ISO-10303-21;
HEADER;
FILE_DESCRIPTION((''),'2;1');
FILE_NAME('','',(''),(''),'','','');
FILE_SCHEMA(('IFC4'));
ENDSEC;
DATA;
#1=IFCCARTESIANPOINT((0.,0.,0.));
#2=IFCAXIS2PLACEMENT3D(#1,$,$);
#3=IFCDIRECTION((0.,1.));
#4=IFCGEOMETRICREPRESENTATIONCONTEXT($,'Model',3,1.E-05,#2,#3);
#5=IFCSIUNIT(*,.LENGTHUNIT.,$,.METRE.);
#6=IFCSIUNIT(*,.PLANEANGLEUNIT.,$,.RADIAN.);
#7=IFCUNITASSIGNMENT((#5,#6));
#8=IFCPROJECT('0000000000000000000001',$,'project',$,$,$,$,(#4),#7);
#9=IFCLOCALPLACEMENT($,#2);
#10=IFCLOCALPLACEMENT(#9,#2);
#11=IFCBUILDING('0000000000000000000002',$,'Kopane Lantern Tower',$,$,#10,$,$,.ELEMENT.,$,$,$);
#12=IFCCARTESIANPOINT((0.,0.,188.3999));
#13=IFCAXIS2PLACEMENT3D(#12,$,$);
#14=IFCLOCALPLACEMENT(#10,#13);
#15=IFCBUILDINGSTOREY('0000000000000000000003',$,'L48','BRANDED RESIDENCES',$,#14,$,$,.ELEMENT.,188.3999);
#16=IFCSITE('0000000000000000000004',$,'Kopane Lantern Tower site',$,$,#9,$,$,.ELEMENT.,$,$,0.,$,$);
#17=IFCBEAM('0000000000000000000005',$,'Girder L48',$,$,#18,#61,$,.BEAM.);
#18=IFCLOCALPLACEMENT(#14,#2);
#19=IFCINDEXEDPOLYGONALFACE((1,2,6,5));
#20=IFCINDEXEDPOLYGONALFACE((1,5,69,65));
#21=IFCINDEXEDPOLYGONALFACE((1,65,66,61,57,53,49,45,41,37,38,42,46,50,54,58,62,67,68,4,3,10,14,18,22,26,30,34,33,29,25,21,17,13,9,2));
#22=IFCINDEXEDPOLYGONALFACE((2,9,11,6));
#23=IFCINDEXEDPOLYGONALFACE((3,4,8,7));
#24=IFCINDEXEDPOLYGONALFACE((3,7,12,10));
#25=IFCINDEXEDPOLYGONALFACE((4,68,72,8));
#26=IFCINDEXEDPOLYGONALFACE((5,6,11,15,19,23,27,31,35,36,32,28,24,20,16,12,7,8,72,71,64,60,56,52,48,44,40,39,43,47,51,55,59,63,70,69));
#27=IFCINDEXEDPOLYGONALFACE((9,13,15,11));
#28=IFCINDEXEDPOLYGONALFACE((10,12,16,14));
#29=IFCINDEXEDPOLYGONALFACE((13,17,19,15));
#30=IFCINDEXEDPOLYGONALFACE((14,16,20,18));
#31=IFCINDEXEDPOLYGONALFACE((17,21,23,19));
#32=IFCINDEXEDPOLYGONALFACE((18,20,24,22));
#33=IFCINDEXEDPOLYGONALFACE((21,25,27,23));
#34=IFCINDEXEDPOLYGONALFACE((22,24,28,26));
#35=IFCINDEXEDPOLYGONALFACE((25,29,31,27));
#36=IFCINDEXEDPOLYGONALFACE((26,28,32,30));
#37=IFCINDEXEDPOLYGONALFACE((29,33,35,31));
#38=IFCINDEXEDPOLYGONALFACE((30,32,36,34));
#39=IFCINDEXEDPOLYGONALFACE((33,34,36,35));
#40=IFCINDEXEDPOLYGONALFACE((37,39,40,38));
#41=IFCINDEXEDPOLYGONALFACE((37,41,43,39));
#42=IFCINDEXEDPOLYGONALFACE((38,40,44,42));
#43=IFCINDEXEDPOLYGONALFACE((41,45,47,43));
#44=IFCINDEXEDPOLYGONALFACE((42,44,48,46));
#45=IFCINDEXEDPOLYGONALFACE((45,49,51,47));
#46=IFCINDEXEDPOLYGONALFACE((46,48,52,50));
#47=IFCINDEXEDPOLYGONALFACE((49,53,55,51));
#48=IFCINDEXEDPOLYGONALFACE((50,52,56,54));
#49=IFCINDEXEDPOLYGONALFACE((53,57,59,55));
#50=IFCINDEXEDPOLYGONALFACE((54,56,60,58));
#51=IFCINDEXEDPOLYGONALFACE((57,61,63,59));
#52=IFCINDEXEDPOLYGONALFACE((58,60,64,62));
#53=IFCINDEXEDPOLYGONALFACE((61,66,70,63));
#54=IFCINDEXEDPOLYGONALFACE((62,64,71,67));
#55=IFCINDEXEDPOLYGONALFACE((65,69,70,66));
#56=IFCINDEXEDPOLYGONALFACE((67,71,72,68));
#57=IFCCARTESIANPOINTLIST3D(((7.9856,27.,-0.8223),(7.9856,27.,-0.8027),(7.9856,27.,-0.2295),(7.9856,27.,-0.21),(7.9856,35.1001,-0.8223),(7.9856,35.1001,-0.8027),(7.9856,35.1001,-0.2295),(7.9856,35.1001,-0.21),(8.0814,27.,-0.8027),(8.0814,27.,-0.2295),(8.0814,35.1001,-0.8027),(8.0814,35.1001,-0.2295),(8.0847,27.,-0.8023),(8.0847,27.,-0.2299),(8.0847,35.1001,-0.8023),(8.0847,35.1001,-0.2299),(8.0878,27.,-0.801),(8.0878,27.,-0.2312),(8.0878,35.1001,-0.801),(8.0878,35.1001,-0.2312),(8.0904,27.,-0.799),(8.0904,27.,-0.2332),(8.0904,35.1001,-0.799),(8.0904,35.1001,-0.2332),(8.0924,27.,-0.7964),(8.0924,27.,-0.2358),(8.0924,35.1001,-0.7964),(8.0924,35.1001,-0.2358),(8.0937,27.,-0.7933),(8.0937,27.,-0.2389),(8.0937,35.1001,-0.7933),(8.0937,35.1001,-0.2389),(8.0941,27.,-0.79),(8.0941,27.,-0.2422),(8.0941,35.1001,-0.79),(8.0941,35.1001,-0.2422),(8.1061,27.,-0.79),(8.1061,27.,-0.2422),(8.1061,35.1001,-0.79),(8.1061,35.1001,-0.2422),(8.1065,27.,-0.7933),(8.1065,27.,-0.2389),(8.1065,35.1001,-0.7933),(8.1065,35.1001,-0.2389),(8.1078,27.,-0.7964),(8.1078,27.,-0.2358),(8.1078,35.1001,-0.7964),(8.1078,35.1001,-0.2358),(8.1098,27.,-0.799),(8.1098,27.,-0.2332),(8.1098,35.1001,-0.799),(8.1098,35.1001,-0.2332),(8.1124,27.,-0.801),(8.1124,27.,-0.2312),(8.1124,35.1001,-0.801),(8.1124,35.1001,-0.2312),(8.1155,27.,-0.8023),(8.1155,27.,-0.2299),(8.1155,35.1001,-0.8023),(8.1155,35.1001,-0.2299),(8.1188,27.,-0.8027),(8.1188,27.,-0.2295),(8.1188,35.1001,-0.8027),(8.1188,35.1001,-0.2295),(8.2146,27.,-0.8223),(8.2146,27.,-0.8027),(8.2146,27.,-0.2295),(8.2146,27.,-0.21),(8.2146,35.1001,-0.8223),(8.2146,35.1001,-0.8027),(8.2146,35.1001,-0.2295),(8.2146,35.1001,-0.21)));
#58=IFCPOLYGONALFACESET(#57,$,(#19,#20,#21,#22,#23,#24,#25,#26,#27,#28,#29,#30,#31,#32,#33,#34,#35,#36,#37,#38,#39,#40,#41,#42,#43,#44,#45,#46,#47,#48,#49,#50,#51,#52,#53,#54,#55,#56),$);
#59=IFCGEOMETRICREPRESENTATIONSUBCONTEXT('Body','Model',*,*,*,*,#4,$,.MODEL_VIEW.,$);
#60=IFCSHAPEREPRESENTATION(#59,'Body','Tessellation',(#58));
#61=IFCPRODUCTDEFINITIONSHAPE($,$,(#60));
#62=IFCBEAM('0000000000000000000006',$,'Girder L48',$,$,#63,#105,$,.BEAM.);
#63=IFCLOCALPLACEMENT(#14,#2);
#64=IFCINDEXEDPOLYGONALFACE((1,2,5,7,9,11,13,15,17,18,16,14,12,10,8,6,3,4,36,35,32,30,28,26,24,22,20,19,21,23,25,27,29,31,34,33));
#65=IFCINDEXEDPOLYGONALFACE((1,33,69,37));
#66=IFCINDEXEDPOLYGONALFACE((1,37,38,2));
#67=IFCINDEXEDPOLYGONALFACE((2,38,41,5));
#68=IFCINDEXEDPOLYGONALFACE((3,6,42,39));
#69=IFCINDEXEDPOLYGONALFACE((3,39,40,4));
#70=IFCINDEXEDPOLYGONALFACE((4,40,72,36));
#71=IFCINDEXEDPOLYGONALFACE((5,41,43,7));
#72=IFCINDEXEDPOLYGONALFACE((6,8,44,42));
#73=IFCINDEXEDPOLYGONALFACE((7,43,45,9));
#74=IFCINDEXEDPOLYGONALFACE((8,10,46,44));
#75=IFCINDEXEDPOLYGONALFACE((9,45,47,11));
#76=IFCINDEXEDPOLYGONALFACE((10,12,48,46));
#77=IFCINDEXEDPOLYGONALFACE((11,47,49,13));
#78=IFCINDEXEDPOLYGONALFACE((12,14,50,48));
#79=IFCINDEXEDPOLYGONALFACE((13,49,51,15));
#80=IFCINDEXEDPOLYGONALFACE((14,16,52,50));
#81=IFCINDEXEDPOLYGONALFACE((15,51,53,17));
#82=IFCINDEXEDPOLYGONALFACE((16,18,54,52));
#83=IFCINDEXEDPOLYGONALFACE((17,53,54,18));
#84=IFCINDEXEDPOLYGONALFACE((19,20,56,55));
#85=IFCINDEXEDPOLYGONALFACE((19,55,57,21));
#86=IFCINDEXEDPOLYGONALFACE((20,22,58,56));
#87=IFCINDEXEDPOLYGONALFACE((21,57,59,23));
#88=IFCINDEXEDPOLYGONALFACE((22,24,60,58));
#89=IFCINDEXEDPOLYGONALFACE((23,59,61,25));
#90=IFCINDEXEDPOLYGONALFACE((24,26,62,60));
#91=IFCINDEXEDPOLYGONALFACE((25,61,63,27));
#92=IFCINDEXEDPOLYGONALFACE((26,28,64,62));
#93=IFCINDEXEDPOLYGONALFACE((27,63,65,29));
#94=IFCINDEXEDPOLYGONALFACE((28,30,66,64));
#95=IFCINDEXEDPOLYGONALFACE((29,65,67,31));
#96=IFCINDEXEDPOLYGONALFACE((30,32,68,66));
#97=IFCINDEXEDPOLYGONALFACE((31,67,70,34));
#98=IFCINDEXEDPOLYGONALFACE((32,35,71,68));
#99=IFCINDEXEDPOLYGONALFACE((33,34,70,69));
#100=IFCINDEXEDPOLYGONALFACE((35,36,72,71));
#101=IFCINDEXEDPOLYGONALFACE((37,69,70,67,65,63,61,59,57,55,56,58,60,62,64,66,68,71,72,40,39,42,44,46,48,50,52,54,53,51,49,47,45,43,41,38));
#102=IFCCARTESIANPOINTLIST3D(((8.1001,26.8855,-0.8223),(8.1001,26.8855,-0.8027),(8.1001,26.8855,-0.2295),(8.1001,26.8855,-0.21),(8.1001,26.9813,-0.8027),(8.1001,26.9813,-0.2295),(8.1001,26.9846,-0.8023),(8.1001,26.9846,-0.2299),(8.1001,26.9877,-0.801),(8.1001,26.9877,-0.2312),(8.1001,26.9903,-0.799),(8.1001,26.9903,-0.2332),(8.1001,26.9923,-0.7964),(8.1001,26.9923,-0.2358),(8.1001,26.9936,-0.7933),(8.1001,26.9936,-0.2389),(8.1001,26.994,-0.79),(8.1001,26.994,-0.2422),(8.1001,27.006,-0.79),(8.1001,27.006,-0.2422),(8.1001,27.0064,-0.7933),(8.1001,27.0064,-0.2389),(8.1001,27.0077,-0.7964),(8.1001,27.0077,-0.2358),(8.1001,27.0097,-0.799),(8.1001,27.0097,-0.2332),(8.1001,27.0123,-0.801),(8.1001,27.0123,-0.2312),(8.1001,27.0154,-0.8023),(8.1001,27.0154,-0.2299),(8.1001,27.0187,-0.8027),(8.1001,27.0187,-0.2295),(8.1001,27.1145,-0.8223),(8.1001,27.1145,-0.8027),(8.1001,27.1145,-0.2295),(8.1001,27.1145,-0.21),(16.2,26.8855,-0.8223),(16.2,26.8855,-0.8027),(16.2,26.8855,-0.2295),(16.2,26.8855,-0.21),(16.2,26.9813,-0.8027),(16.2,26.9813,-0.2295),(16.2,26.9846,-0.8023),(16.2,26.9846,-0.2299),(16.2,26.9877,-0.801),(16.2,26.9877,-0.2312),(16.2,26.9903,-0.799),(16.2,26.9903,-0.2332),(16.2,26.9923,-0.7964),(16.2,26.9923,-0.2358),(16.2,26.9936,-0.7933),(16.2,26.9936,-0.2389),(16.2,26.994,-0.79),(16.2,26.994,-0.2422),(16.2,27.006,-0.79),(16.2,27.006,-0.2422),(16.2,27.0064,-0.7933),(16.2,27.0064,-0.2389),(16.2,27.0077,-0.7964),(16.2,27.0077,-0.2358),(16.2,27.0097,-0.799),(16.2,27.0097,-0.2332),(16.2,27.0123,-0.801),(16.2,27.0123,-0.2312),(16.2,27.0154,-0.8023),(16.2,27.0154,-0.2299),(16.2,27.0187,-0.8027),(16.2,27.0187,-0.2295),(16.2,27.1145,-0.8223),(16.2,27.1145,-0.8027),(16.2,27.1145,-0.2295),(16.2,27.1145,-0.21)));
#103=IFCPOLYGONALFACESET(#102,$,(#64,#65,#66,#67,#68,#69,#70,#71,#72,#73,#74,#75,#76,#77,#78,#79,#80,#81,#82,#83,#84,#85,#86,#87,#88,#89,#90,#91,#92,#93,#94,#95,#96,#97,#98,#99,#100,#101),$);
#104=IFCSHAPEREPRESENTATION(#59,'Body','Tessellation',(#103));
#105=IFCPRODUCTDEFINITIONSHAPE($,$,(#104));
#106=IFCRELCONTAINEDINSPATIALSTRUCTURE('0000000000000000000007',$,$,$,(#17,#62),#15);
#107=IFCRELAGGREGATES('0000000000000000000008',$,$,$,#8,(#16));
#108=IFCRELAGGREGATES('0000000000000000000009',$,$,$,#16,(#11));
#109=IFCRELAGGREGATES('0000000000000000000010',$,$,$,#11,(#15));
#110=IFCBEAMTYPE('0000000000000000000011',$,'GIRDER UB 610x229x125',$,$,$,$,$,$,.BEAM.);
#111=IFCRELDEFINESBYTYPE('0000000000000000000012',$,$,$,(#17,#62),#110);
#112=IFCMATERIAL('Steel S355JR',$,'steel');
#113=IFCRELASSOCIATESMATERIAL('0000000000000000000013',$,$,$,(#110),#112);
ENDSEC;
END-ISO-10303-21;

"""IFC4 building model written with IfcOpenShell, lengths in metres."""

from ifc_helpers import new_model, si_unit, direction, frame, origin, origin_2d, place, context, subcontext, project, spatial, i_section, extrude, material, material_profile, profile_set, type_object, element, save


model = new_model("IFC4")

# Units and contexts
model_context = context("Model", 3, precision=1e-05, world=origin(), true_north=direction((0.0, 1.0)))
body_context = subcontext(model_context, "Body", "Model", "MODEL_VIEW")
ifc_project = project(units=[si_unit("LENGTHUNIT", "METRE"), si_unit("PLANEANGLEUNIT", "RADIAN")], contexts=[model_context])

# Site, building, storey
site_placement = place(None, origin())
site = spatial("IfcSite", under=ifc_project, at=site_placement, Name="Kopane Lantern Tower site", CompositionType="ELEMENT", RefElevation=0.0)
building_placement = place(site_placement, origin())
building = spatial("IfcBuilding", under=site, at=building_placement, Name="Kopane Lantern Tower", CompositionType="ELEMENT")
storey_placement = place(building_placement, frame((0.0, 0.0, 188.3999)))
storey = spatial("IfcBuildingStorey", under=building, at=storey_placement, Name="L48", Description="BRANDED RESIDENCES", CompositionType="ELEMENT", Elevation=188.3999)

# Beams
ifc_material_1 = material(Name="Steel S355JR", Category="steel")
ifc_material_profile_1 = material_profile(ifc_material_1, i_section(OverallWidth=0.229, OverallDepth=0.6123, WebThickness=0.012, FlangeThickness=0.0195, FilletRadius=0.0127, at=origin_2d()), Name="UB 610x229x125")
ifc_profile_set_1 = profile_set([ifc_material_profile_1], Name="Steel S355JR")
beam_type = type_object("IfcBeamType", Name="GIRDER UB 610x229x125", PredefinedType="BEAM", material=ifc_profile_set_1)
for number, where, z_axis, x_axis, name in (
    (1, (8.1001, 27.0, -0.5161), (0.0, 1.0, 0.0), (-1.0, 0.0, 0.0), "Girder L48"),
):
    element("IfcBeam", number, at=place(storey_placement, frame(where, z_axis=z_axis, x_axis=x_axis)), inside=storey, type_object=beam_type, Name=name, PredefinedType="BEAM", context=body_context, shape_type="SweptSolid", body=[
        extrude(i_section(OverallWidth=0.229, OverallDepth=0.6123, WebThickness=0.012, FlangeThickness=0.0195, FilletRadius=0.0127, at=origin_2d()), origin(), (0.0, 0.0, 1.0), 8.1001),
    ])
beam_placement = place(storey_placement, frame((8.1001, 27.0, -0.5161), z_axis=(1.0, 0.0, 0.0), x_axis=(0.0, 1.0, 0.0)))
element("IfcBeam", 2, at=beam_placement, inside=storey, type_object=beam_type, Name="Girder L48", PredefinedType="BEAM", context=body_context, shape_type="SweptSolid", body=[
    extrude(i_section(OverallWidth=0.229, OverallDepth=0.6123, WebThickness=0.012, FlangeThickness=0.0195, FilletRadius=0.0127, at=origin_2d()), origin(), (0.0, 0.0, 1.0), 8.0999),
])

save(model, "model.ifc")
